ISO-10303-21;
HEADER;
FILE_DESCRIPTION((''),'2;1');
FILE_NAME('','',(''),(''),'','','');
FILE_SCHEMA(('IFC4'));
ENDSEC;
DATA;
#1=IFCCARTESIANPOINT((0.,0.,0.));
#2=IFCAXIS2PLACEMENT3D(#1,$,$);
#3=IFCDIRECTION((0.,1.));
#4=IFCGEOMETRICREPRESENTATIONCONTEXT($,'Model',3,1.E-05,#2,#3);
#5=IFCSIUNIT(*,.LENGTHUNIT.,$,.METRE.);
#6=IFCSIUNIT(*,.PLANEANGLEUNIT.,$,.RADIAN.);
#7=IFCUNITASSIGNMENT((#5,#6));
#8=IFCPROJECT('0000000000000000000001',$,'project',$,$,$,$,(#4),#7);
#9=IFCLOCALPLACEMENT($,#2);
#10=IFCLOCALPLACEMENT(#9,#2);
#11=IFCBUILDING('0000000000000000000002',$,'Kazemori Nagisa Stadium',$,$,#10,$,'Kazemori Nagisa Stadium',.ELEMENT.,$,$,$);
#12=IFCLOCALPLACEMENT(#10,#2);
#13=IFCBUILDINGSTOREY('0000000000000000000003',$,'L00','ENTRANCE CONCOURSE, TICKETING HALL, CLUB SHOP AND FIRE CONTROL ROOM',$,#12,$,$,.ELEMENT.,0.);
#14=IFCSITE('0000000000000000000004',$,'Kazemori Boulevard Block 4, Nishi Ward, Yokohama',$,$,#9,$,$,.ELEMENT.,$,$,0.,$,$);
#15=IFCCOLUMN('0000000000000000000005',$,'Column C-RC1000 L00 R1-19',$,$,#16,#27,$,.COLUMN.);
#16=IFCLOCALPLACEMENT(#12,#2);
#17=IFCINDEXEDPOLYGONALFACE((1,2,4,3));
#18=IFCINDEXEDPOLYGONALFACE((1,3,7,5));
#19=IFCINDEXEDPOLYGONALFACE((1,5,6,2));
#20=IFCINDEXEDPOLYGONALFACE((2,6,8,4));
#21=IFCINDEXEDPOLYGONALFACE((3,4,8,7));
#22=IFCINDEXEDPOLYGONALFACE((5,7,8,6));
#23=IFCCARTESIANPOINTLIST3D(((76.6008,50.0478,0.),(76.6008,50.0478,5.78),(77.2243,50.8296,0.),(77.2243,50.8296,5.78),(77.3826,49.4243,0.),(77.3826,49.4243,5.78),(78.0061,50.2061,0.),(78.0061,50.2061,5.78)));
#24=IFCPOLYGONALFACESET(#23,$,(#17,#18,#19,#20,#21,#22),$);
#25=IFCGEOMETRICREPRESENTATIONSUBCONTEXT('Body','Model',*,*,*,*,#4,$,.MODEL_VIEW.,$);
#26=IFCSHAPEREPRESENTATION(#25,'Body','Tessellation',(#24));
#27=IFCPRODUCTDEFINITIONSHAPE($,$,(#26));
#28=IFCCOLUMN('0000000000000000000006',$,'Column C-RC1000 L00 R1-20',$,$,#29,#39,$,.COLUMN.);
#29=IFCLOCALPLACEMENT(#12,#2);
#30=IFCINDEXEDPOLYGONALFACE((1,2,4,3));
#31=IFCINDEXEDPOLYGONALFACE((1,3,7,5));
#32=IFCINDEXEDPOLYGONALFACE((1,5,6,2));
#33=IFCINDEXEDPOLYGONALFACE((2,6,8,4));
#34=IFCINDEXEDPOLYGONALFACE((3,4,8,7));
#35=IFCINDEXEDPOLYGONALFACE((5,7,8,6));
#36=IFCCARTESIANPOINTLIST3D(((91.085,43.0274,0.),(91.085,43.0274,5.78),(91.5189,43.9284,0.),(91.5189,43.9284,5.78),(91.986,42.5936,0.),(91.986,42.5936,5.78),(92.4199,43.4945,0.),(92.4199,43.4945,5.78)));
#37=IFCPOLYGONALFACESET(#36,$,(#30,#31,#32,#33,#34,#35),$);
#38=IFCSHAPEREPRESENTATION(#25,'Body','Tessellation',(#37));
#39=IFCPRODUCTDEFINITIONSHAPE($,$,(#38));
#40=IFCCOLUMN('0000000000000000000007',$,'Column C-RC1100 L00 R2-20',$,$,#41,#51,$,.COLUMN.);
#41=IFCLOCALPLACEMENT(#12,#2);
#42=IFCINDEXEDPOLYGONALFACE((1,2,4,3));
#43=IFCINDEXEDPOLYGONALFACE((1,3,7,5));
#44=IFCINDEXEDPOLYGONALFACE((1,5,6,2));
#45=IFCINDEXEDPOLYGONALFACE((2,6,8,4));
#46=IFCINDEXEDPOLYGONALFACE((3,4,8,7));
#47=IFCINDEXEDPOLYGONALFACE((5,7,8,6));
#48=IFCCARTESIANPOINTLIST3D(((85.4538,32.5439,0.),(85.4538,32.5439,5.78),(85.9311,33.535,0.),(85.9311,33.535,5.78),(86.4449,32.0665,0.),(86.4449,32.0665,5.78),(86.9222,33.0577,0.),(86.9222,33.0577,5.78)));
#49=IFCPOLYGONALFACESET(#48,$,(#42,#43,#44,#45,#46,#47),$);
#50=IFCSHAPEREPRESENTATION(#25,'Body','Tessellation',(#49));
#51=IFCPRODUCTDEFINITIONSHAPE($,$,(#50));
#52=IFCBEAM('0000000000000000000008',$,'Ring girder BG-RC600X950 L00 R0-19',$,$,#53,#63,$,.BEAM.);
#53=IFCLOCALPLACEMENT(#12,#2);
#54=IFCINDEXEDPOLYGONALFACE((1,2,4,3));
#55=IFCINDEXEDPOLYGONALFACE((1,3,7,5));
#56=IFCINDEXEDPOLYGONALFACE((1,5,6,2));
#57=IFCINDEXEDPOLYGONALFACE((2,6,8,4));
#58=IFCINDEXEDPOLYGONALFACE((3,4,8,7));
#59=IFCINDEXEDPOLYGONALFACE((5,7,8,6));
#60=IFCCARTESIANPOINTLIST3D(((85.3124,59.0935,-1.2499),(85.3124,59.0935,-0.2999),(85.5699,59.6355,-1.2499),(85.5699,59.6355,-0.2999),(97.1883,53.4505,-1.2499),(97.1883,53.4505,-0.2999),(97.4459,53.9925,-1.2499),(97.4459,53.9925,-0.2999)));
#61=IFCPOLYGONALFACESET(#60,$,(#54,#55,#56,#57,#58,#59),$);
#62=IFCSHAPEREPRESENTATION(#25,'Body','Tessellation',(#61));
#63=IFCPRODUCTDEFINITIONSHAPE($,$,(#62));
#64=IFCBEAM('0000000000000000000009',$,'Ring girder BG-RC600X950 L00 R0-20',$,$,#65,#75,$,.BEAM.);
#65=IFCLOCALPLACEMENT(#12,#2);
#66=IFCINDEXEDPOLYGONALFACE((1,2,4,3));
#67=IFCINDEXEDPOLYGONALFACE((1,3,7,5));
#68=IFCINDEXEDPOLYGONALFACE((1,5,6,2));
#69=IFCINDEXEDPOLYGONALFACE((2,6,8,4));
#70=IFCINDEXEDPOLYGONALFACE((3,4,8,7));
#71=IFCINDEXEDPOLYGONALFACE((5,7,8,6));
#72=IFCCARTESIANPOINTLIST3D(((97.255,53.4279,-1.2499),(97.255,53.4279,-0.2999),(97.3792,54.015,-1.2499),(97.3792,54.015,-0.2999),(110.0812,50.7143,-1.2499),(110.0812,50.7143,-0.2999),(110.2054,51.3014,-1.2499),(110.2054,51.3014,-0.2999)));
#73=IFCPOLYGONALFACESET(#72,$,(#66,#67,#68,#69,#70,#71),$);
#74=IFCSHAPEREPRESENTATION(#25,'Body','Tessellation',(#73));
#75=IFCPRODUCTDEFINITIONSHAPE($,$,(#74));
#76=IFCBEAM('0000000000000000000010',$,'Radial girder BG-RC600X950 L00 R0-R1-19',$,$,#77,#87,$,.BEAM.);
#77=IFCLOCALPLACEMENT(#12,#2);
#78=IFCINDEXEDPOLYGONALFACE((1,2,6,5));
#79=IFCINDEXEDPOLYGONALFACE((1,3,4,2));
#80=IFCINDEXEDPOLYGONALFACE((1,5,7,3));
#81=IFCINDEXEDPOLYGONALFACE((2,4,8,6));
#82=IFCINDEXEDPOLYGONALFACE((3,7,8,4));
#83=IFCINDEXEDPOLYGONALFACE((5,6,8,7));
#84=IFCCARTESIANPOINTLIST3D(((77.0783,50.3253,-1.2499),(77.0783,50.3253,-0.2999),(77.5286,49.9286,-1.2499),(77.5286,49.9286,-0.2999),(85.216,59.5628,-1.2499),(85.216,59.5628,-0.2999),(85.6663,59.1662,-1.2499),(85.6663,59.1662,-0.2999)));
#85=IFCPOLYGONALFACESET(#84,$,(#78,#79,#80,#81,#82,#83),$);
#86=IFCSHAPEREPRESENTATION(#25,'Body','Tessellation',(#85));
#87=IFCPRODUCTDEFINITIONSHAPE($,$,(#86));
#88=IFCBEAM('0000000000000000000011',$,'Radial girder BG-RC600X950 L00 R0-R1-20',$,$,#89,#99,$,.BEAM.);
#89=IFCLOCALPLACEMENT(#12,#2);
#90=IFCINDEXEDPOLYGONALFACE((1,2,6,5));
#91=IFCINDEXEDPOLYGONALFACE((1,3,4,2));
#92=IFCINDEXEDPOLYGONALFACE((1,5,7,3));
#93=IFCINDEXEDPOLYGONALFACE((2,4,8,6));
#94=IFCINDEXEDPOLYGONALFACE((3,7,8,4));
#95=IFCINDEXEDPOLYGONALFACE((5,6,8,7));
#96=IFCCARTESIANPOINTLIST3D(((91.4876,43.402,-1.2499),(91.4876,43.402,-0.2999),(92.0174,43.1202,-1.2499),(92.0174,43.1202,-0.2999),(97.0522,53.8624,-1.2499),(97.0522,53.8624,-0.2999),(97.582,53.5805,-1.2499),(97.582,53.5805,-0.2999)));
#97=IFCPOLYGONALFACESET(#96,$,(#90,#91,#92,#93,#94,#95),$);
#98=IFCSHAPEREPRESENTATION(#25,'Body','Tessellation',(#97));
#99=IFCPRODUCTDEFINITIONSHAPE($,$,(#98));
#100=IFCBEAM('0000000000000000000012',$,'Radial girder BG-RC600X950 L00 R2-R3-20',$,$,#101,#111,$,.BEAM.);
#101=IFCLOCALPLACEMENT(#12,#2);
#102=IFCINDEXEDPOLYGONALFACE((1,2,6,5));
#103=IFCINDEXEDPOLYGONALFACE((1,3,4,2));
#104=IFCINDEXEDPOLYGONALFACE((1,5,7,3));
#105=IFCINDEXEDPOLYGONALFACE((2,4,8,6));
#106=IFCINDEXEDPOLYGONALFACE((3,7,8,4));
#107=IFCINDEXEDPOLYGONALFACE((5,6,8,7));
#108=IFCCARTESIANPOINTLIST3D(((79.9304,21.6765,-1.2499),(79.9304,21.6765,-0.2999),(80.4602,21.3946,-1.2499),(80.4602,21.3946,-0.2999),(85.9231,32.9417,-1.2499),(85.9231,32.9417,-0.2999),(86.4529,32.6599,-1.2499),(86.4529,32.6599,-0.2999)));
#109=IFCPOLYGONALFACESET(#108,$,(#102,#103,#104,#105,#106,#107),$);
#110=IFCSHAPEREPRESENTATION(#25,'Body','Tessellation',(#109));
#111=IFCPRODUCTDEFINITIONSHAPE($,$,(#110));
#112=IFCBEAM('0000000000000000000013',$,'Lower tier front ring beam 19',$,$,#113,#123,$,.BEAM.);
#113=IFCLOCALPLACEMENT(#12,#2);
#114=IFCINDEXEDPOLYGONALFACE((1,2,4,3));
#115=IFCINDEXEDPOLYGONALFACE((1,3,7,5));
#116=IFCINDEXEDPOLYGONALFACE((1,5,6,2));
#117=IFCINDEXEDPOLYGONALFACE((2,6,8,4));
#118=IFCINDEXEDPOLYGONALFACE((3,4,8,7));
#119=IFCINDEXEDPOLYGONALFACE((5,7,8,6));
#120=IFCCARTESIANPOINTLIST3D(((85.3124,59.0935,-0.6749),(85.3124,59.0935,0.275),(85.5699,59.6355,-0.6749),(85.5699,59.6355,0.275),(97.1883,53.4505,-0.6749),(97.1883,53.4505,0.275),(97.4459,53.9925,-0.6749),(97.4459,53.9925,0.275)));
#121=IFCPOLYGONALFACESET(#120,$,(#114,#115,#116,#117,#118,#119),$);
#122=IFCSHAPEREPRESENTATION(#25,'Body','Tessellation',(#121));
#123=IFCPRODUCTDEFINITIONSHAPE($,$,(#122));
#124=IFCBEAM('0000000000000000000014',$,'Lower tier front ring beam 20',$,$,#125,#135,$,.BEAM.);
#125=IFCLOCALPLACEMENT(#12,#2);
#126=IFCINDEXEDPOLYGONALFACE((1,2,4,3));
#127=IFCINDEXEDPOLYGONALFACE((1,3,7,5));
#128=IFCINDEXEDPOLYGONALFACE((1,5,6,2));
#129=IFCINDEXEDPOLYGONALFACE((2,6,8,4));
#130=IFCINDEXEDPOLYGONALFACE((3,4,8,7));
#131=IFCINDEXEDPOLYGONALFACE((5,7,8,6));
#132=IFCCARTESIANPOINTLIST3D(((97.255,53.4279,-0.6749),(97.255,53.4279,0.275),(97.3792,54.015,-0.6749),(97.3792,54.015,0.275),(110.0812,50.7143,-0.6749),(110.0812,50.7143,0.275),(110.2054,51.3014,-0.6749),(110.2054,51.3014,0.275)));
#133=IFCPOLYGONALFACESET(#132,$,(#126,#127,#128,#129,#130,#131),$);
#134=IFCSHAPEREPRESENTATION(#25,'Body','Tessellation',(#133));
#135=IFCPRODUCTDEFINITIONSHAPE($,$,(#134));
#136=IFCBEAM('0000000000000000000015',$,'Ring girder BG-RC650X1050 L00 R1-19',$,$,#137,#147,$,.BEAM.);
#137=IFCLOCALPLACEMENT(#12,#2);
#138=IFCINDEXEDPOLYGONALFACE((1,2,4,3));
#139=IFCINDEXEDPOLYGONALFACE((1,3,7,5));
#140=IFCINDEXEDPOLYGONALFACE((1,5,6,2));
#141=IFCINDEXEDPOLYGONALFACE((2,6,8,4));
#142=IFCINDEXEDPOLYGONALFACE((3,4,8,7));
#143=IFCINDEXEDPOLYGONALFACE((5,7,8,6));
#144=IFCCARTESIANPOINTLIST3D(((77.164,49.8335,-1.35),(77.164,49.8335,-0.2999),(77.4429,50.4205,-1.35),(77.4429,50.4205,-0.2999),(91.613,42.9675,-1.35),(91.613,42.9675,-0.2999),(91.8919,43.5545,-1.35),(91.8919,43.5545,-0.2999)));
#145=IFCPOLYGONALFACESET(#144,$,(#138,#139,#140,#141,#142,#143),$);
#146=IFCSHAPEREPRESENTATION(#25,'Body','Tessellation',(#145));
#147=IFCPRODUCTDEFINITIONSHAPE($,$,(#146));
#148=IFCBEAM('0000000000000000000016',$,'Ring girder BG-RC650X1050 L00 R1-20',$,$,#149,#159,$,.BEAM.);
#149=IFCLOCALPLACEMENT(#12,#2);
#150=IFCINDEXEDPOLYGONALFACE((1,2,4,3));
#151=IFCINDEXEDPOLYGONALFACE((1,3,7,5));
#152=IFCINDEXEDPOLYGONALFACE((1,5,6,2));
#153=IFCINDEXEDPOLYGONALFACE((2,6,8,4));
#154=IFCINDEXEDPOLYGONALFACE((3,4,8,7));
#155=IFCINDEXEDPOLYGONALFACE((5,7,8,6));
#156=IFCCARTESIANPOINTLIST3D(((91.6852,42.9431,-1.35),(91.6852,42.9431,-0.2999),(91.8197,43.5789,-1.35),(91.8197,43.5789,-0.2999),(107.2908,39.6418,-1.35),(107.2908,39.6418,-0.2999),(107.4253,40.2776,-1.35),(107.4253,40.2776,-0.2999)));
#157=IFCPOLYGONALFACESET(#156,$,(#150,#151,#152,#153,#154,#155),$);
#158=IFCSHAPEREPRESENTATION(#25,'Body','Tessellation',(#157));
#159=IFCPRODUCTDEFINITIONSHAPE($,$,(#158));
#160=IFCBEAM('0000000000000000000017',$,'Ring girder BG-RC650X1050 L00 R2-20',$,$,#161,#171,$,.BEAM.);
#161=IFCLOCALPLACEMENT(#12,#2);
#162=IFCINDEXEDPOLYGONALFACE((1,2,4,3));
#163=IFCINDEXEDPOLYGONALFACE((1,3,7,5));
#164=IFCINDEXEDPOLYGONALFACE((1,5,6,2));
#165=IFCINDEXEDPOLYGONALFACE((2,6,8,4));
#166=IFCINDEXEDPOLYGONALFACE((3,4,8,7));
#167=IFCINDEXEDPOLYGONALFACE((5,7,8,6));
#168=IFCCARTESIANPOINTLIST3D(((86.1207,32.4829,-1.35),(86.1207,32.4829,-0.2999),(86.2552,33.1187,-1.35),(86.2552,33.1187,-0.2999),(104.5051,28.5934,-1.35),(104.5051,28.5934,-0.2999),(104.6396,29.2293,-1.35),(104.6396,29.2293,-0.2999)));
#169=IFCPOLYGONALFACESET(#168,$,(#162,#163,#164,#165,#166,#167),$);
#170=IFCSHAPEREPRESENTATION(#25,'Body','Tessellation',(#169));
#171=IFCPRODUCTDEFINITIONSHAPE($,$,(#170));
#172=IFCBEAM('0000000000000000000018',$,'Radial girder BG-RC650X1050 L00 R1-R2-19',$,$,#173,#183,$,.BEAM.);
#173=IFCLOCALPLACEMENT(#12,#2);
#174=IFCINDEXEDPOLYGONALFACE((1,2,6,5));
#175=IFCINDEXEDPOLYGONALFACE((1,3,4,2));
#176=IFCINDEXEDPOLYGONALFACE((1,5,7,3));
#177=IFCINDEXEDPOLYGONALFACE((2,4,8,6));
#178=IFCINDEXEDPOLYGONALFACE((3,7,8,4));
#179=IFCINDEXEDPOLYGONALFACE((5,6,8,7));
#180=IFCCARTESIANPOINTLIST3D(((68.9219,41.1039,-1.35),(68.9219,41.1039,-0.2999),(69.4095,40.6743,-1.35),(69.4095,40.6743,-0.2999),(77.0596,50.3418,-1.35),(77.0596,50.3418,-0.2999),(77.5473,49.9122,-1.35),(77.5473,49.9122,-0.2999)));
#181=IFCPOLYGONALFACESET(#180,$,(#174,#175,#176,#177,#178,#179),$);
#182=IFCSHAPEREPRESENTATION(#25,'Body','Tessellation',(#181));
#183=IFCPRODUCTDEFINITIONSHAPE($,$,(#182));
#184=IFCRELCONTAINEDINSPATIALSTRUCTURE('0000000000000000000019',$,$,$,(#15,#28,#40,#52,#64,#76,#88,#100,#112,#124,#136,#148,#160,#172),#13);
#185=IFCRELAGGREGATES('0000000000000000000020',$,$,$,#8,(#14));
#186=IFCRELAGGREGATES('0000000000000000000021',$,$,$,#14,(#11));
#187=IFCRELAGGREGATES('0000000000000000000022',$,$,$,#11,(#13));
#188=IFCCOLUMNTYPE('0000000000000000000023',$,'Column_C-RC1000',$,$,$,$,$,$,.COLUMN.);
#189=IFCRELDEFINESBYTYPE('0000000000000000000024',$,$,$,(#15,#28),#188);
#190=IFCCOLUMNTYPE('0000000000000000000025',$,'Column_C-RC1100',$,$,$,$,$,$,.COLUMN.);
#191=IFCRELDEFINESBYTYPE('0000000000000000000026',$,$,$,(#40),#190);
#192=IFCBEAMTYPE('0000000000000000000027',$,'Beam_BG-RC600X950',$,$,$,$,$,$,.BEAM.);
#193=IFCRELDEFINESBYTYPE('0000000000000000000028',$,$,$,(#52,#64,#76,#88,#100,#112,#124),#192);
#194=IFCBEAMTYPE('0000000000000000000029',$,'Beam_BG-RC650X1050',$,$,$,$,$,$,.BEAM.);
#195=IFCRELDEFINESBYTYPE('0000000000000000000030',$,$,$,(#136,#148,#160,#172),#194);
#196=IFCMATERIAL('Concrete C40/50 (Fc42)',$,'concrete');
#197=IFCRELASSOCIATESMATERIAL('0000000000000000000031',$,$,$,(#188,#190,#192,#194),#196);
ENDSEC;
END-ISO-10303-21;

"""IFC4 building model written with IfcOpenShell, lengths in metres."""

from ifc_helpers import new_model, si_unit, direction, frame, origin, origin_2d, place, context, subcontext, project, spatial, rectangle, extrude, material, material_profile, profile_set, type_object, element, save


model = new_model("IFC4")

# Units and contexts
model_context = context("Model", 3, precision=1e-05, world=origin(), true_north=direction((0.0, 1.0)))
body_context = subcontext(model_context, "Body", "Model", "MODEL_VIEW")
ifc_project = project(units=[si_unit("LENGTHUNIT", "METRE"), si_unit("PLANEANGLEUNIT", "RADIAN")], contexts=[model_context])

# Site, building, storey
site_placement = place(None, origin())
site = spatial("IfcSite", under=ifc_project, at=site_placement, Name="Kazemori Boulevard Block 4, Nishi Ward, Yokohama", CompositionType="ELEMENT", RefElevation=0.0)
building_placement = place(site_placement, origin())
building = spatial("IfcBuilding", under=site, at=building_placement, Name="Kazemori Nagisa Stadium", LongName="Kazemori Nagisa Stadium", CompositionType="ELEMENT")
storey_placement = place(building_placement, origin())
storey = spatial("IfcBuildingStorey", under=building, at=storey_placement, Name="L00", Description="ENTRANCE CONCOURSE, TICKETING HALL, CLUB SHOP AND FIRE CONTROL ROOM", CompositionType="ELEMENT", Elevation=0.0)

# Columns
ifc_material_1 = material(Name="Concrete C40/50 (Fc42)", Category="concrete")
ifc_material_profile_1 = material_profile(ifc_material_1, rectangle(XDim=1.0, YDim=1.0, at=origin_2d()), Name="RC-COL-1000x1000")
ifc_profile_set_1 = profile_set([ifc_material_profile_1], Name="Concrete C40/50 (Fc42)")
column_type_1 = type_object("IfcColumnType", Name="Column_C-RC1000", PredefinedType="COLUMN", material=ifc_profile_set_1)
for number, where, z_axis, x_axis, name in (
    (1, (77.3035, 50.127, 0.0), (0.0, 0.0, 1.0), (-0.62349, -0.781831, 0.0), "Column C-RC1000 L00 R1-19"),
    (2, (91.7524, 43.261, 0.0), (0.0, 0.0, 1.0), (-0.433884, -0.900969, 0.0), "Column C-RC1000 L00 R1-20"),
):
    element("IfcColumn", number, at=place(storey_placement, frame(where, z_axis=z_axis, x_axis=x_axis)), inside=storey, type_object=column_type_1, Name=name, PredefinedType="COLUMN", context=body_context, shape_type="SweptSolid", body=[
        extrude(rectangle(XDim=1.0, YDim=1.0, at=origin_2d()), origin(), (0.0, 0.0, 1.0), 5.78),
    ])
ifc_material_profile_2 = material_profile(ifc_material_1, rectangle(XDim=1.1001, YDim=1.1001, at=origin_2d()), Name="RC-COL-1100x1100")
ifc_profile_set_2 = profile_set([ifc_material_profile_2], Name="Concrete C40/50 (Fc42)")
column_type_2 = type_object("IfcColumnType", Name="Column_C-RC1100", PredefinedType="COLUMN", material=ifc_profile_set_2)
column_placement = place(storey_placement, frame((86.188, 32.8008, 0.0), z_axis=(0.0, 0.0, 1.0), x_axis=(-0.433884, -0.900969, 0.0)))
element("IfcColumn", 3, at=column_placement, inside=storey, type_object=column_type_2, Name="Column C-RC1100 L00 R2-20", PredefinedType="COLUMN", context=body_context, shape_type="SweptSolid", body=[
    extrude(rectangle(XDim=1.1001, YDim=1.1001, at=origin_2d()), origin(), (0.0, 0.0, 1.0), 5.78),
])

# Beams
ifc_material_profile_3 = material_profile(ifc_material_1, rectangle(XDim=0.6001, YDim=0.95, at=origin_2d()), Name="RC-BM-600x950")
ifc_profile_set_3 = profile_set([ifc_material_profile_3], Name="Concrete C40/50 (Fc42)")
beam_type_1 = type_object("IfcBeamType", Name="Beam_BG-RC600X950", PredefinedType="BEAM", material=ifc_profile_set_3)
beam_1_placement = place(storey_placement, frame((85.4412, 59.3645, -0.7749), z_axis=(0.903219, -0.42918, 0.0), x_axis=(0.42918, 0.903219, 0.0)))
element("IfcBeam", 4, at=beam_1_placement, inside=storey, type_object=beam_type_1, Name="Ring girder BG-RC600X950 L00 R0-19", PredefinedType="BEAM", context=body_context, shape_type="SweptSolid", body=[
    extrude(rectangle(XDim=0.6001, YDim=0.95, at=origin_2d()), origin(), (0.0, 0.0, 1.0), 13.1484),
])
beam_2_placement = place(storey_placement, frame((97.3171, 53.7214, -0.7749), z_axis=(0.978344, -0.206987, 0.0), x_axis=(0.206987, 0.978344, 0.0)))
element("IfcBeam", 5, at=beam_2_placement, inside=storey, type_object=beam_type_1, Name="Ring girder BG-RC600X950 L00 R0-20", PredefinedType="BEAM", context=body_context, shape_type="SweptSolid", body=[
    extrude(rectangle(XDim=0.6001, YDim=0.95, at=origin_2d()), origin(), (0.0, 0.0, 1.0), 13.1101),
])
beam_3_placement = place(storey_placement, frame((85.4412, 59.3645, -0.7749), z_axis=(-0.661024, -0.750365, 0.0), x_axis=(0.750365, -0.661024, 0.0)))
element("IfcBeam", 6, at=beam_3_placement, inside=storey, type_object=beam_type_1, Name="Radial girder BG-RC600X950 L00 R0-R1-19", PredefinedType="BEAM", context=body_context, shape_type="SweptSolid", body=[
    extrude(rectangle(XDim=0.6001, YDim=0.95, at=origin_2d()), origin(), (0.0, 0.0, 1.0), 12.3108),
])
beam_4_placement = place(storey_placement, frame((97.3171, 53.7214, -0.7749), z_axis=(-0.469654, -0.88285, 0.0), x_axis=(0.88285, -0.469654, 0.0)))
element("IfcBeam", 7, at=beam_4_placement, inside=storey, type_object=beam_type_1, Name="Radial girder BG-RC600X950 L00 R0-R1-20", PredefinedType="BEAM", context=body_context, shape_type="SweptSolid", body=[
    extrude(rectangle(XDim=0.6001, YDim=0.95, at=origin_2d()), origin(), (0.0, 0.0, 1.0), 11.8484),
])
beam_5_placement = place(storey_placement, frame((86.188, 32.8008, -0.7749), z_axis=(-0.469649, -0.882853, 0.0), x_axis=(0.882853, -0.469649, 0.0)))
element("IfcBeam", 8, at=beam_5_placement, inside=storey, type_object=beam_type_1, Name="Radial girder BG-RC600X950 L00 R2-R3-20", PredefinedType="BEAM", context=body_context, shape_type="SweptSolid", body=[
    extrude(rectangle(XDim=0.6001, YDim=0.95, at=origin_2d()), origin(), (0.0, 0.0, 1.0), 12.76),
])
beam_6_placement = place(storey_placement, frame((85.4412, 59.3645, -0.2), z_axis=(0.903219, -0.42918, 0.0), x_axis=(0.42918, 0.903219, 0.0)))
element("IfcBeam", 9, at=beam_6_placement, inside=storey, type_object=beam_type_1, Name="Lower tier front ring beam 19", PredefinedType="BEAM", context=body_context, shape_type="SweptSolid", body=[
    extrude(rectangle(XDim=0.6001, YDim=0.95, at=origin_2d()), origin(), (0.0, 0.0, 1.0), 13.1484),
])
beam_7_placement = place(storey_placement, frame((97.3171, 53.7214, -0.2), z_axis=(0.978344, -0.206987, 0.0), x_axis=(0.206987, 0.978344, 0.0)))
element("IfcBeam", 10, at=beam_7_placement, inside=storey, type_object=beam_type_1, Name="Lower tier front ring beam 20", PredefinedType="BEAM", context=body_context, shape_type="SweptSolid", body=[
    extrude(rectangle(XDim=0.6001, YDim=0.95, at=origin_2d()), origin(), (0.0, 0.0, 1.0), 13.1101),
])
ifc_material_profile_4 = material_profile(ifc_material_1, rectangle(XDim=0.6499, YDim=1.05, at=origin_2d()), Name="RC-BM-650x1050")
ifc_profile_set_4 = profile_set([ifc_material_profile_4], Name="Concrete C40/50 (Fc42)")
beam_type_2 = type_object("IfcBeamType", Name="Beam_BG-RC650X1050", PredefinedType="BEAM", material=ifc_profile_set_4)
beam_8_placement = place(storey_placement, frame((77.3035, 50.127, -0.825), z_axis=(0.903212, -0.429195, 0.0), x_axis=(0.429195, 0.903212, 0.0)))
element("IfcBeam", 11, at=beam_8_placement, inside=storey, type_object=beam_type_2, Name="Ring girder BG-RC650X1050 L00 R1-19", PredefinedType="BEAM", context=body_context, shape_type="SweptSolid", body=[
    extrude(rectangle(XDim=0.6499, YDim=1.05, at=origin_2d()), origin(), (0.0, 0.0, 1.0), 15.9973),
])
beam_9_placement = place(storey_placement, frame((91.7524, 43.261, -0.825), z_axis=(0.978348, -0.206965, 0.0), x_axis=(0.206965, 0.978348, 0.0)))
element("IfcBeam", 12, at=beam_9_placement, inside=storey, type_object=beam_type_2, Name="Ring girder BG-RC650X1050 L00 R1-20", PredefinedType="BEAM", context=body_context, shape_type="SweptSolid", body=[
    extrude(rectangle(XDim=0.6499, YDim=1.05, at=origin_2d()), origin(), (0.0, 0.0, 1.0), 15.9509),
])
beam_10_placement = place(storey_placement, frame((86.188, 32.8008, -0.825), z_axis=(0.978345, -0.20698, 0.0), x_axis=(0.20698, 0.978345, 0.0)))
element("IfcBeam", 13, at=beam_10_placement, inside=storey, type_object=beam_type_2, Name="Ring girder BG-RC650X1050 L00 R2-20", PredefinedType="BEAM", context=body_context, shape_type="SweptSolid", body=[
    extrude(rectangle(XDim=0.6499, YDim=1.05, at=origin_2d()), origin(), (0.0, 0.0, 1.0), 18.7913),
])
beam_11_placement = place(storey_placement, frame((77.3035, 50.127, -0.825), z_axis=(-0.661014, -0.750374, 0.0), x_axis=(0.750374, -0.661014, 0.0)))
element("IfcBeam", 14, at=beam_11_placement, inside=storey, type_object=beam_type_2, Name="Radial girder BG-RC650X1050 L00 R1-R2-19", PredefinedType="BEAM", context=body_context, shape_type="SweptSolid", body=[
    extrude(rectangle(XDim=0.6499, YDim=1.05, at=origin_2d()), origin(), (0.0, 0.0, 1.0), 12.311),
])

save(model, "model.ifc")
